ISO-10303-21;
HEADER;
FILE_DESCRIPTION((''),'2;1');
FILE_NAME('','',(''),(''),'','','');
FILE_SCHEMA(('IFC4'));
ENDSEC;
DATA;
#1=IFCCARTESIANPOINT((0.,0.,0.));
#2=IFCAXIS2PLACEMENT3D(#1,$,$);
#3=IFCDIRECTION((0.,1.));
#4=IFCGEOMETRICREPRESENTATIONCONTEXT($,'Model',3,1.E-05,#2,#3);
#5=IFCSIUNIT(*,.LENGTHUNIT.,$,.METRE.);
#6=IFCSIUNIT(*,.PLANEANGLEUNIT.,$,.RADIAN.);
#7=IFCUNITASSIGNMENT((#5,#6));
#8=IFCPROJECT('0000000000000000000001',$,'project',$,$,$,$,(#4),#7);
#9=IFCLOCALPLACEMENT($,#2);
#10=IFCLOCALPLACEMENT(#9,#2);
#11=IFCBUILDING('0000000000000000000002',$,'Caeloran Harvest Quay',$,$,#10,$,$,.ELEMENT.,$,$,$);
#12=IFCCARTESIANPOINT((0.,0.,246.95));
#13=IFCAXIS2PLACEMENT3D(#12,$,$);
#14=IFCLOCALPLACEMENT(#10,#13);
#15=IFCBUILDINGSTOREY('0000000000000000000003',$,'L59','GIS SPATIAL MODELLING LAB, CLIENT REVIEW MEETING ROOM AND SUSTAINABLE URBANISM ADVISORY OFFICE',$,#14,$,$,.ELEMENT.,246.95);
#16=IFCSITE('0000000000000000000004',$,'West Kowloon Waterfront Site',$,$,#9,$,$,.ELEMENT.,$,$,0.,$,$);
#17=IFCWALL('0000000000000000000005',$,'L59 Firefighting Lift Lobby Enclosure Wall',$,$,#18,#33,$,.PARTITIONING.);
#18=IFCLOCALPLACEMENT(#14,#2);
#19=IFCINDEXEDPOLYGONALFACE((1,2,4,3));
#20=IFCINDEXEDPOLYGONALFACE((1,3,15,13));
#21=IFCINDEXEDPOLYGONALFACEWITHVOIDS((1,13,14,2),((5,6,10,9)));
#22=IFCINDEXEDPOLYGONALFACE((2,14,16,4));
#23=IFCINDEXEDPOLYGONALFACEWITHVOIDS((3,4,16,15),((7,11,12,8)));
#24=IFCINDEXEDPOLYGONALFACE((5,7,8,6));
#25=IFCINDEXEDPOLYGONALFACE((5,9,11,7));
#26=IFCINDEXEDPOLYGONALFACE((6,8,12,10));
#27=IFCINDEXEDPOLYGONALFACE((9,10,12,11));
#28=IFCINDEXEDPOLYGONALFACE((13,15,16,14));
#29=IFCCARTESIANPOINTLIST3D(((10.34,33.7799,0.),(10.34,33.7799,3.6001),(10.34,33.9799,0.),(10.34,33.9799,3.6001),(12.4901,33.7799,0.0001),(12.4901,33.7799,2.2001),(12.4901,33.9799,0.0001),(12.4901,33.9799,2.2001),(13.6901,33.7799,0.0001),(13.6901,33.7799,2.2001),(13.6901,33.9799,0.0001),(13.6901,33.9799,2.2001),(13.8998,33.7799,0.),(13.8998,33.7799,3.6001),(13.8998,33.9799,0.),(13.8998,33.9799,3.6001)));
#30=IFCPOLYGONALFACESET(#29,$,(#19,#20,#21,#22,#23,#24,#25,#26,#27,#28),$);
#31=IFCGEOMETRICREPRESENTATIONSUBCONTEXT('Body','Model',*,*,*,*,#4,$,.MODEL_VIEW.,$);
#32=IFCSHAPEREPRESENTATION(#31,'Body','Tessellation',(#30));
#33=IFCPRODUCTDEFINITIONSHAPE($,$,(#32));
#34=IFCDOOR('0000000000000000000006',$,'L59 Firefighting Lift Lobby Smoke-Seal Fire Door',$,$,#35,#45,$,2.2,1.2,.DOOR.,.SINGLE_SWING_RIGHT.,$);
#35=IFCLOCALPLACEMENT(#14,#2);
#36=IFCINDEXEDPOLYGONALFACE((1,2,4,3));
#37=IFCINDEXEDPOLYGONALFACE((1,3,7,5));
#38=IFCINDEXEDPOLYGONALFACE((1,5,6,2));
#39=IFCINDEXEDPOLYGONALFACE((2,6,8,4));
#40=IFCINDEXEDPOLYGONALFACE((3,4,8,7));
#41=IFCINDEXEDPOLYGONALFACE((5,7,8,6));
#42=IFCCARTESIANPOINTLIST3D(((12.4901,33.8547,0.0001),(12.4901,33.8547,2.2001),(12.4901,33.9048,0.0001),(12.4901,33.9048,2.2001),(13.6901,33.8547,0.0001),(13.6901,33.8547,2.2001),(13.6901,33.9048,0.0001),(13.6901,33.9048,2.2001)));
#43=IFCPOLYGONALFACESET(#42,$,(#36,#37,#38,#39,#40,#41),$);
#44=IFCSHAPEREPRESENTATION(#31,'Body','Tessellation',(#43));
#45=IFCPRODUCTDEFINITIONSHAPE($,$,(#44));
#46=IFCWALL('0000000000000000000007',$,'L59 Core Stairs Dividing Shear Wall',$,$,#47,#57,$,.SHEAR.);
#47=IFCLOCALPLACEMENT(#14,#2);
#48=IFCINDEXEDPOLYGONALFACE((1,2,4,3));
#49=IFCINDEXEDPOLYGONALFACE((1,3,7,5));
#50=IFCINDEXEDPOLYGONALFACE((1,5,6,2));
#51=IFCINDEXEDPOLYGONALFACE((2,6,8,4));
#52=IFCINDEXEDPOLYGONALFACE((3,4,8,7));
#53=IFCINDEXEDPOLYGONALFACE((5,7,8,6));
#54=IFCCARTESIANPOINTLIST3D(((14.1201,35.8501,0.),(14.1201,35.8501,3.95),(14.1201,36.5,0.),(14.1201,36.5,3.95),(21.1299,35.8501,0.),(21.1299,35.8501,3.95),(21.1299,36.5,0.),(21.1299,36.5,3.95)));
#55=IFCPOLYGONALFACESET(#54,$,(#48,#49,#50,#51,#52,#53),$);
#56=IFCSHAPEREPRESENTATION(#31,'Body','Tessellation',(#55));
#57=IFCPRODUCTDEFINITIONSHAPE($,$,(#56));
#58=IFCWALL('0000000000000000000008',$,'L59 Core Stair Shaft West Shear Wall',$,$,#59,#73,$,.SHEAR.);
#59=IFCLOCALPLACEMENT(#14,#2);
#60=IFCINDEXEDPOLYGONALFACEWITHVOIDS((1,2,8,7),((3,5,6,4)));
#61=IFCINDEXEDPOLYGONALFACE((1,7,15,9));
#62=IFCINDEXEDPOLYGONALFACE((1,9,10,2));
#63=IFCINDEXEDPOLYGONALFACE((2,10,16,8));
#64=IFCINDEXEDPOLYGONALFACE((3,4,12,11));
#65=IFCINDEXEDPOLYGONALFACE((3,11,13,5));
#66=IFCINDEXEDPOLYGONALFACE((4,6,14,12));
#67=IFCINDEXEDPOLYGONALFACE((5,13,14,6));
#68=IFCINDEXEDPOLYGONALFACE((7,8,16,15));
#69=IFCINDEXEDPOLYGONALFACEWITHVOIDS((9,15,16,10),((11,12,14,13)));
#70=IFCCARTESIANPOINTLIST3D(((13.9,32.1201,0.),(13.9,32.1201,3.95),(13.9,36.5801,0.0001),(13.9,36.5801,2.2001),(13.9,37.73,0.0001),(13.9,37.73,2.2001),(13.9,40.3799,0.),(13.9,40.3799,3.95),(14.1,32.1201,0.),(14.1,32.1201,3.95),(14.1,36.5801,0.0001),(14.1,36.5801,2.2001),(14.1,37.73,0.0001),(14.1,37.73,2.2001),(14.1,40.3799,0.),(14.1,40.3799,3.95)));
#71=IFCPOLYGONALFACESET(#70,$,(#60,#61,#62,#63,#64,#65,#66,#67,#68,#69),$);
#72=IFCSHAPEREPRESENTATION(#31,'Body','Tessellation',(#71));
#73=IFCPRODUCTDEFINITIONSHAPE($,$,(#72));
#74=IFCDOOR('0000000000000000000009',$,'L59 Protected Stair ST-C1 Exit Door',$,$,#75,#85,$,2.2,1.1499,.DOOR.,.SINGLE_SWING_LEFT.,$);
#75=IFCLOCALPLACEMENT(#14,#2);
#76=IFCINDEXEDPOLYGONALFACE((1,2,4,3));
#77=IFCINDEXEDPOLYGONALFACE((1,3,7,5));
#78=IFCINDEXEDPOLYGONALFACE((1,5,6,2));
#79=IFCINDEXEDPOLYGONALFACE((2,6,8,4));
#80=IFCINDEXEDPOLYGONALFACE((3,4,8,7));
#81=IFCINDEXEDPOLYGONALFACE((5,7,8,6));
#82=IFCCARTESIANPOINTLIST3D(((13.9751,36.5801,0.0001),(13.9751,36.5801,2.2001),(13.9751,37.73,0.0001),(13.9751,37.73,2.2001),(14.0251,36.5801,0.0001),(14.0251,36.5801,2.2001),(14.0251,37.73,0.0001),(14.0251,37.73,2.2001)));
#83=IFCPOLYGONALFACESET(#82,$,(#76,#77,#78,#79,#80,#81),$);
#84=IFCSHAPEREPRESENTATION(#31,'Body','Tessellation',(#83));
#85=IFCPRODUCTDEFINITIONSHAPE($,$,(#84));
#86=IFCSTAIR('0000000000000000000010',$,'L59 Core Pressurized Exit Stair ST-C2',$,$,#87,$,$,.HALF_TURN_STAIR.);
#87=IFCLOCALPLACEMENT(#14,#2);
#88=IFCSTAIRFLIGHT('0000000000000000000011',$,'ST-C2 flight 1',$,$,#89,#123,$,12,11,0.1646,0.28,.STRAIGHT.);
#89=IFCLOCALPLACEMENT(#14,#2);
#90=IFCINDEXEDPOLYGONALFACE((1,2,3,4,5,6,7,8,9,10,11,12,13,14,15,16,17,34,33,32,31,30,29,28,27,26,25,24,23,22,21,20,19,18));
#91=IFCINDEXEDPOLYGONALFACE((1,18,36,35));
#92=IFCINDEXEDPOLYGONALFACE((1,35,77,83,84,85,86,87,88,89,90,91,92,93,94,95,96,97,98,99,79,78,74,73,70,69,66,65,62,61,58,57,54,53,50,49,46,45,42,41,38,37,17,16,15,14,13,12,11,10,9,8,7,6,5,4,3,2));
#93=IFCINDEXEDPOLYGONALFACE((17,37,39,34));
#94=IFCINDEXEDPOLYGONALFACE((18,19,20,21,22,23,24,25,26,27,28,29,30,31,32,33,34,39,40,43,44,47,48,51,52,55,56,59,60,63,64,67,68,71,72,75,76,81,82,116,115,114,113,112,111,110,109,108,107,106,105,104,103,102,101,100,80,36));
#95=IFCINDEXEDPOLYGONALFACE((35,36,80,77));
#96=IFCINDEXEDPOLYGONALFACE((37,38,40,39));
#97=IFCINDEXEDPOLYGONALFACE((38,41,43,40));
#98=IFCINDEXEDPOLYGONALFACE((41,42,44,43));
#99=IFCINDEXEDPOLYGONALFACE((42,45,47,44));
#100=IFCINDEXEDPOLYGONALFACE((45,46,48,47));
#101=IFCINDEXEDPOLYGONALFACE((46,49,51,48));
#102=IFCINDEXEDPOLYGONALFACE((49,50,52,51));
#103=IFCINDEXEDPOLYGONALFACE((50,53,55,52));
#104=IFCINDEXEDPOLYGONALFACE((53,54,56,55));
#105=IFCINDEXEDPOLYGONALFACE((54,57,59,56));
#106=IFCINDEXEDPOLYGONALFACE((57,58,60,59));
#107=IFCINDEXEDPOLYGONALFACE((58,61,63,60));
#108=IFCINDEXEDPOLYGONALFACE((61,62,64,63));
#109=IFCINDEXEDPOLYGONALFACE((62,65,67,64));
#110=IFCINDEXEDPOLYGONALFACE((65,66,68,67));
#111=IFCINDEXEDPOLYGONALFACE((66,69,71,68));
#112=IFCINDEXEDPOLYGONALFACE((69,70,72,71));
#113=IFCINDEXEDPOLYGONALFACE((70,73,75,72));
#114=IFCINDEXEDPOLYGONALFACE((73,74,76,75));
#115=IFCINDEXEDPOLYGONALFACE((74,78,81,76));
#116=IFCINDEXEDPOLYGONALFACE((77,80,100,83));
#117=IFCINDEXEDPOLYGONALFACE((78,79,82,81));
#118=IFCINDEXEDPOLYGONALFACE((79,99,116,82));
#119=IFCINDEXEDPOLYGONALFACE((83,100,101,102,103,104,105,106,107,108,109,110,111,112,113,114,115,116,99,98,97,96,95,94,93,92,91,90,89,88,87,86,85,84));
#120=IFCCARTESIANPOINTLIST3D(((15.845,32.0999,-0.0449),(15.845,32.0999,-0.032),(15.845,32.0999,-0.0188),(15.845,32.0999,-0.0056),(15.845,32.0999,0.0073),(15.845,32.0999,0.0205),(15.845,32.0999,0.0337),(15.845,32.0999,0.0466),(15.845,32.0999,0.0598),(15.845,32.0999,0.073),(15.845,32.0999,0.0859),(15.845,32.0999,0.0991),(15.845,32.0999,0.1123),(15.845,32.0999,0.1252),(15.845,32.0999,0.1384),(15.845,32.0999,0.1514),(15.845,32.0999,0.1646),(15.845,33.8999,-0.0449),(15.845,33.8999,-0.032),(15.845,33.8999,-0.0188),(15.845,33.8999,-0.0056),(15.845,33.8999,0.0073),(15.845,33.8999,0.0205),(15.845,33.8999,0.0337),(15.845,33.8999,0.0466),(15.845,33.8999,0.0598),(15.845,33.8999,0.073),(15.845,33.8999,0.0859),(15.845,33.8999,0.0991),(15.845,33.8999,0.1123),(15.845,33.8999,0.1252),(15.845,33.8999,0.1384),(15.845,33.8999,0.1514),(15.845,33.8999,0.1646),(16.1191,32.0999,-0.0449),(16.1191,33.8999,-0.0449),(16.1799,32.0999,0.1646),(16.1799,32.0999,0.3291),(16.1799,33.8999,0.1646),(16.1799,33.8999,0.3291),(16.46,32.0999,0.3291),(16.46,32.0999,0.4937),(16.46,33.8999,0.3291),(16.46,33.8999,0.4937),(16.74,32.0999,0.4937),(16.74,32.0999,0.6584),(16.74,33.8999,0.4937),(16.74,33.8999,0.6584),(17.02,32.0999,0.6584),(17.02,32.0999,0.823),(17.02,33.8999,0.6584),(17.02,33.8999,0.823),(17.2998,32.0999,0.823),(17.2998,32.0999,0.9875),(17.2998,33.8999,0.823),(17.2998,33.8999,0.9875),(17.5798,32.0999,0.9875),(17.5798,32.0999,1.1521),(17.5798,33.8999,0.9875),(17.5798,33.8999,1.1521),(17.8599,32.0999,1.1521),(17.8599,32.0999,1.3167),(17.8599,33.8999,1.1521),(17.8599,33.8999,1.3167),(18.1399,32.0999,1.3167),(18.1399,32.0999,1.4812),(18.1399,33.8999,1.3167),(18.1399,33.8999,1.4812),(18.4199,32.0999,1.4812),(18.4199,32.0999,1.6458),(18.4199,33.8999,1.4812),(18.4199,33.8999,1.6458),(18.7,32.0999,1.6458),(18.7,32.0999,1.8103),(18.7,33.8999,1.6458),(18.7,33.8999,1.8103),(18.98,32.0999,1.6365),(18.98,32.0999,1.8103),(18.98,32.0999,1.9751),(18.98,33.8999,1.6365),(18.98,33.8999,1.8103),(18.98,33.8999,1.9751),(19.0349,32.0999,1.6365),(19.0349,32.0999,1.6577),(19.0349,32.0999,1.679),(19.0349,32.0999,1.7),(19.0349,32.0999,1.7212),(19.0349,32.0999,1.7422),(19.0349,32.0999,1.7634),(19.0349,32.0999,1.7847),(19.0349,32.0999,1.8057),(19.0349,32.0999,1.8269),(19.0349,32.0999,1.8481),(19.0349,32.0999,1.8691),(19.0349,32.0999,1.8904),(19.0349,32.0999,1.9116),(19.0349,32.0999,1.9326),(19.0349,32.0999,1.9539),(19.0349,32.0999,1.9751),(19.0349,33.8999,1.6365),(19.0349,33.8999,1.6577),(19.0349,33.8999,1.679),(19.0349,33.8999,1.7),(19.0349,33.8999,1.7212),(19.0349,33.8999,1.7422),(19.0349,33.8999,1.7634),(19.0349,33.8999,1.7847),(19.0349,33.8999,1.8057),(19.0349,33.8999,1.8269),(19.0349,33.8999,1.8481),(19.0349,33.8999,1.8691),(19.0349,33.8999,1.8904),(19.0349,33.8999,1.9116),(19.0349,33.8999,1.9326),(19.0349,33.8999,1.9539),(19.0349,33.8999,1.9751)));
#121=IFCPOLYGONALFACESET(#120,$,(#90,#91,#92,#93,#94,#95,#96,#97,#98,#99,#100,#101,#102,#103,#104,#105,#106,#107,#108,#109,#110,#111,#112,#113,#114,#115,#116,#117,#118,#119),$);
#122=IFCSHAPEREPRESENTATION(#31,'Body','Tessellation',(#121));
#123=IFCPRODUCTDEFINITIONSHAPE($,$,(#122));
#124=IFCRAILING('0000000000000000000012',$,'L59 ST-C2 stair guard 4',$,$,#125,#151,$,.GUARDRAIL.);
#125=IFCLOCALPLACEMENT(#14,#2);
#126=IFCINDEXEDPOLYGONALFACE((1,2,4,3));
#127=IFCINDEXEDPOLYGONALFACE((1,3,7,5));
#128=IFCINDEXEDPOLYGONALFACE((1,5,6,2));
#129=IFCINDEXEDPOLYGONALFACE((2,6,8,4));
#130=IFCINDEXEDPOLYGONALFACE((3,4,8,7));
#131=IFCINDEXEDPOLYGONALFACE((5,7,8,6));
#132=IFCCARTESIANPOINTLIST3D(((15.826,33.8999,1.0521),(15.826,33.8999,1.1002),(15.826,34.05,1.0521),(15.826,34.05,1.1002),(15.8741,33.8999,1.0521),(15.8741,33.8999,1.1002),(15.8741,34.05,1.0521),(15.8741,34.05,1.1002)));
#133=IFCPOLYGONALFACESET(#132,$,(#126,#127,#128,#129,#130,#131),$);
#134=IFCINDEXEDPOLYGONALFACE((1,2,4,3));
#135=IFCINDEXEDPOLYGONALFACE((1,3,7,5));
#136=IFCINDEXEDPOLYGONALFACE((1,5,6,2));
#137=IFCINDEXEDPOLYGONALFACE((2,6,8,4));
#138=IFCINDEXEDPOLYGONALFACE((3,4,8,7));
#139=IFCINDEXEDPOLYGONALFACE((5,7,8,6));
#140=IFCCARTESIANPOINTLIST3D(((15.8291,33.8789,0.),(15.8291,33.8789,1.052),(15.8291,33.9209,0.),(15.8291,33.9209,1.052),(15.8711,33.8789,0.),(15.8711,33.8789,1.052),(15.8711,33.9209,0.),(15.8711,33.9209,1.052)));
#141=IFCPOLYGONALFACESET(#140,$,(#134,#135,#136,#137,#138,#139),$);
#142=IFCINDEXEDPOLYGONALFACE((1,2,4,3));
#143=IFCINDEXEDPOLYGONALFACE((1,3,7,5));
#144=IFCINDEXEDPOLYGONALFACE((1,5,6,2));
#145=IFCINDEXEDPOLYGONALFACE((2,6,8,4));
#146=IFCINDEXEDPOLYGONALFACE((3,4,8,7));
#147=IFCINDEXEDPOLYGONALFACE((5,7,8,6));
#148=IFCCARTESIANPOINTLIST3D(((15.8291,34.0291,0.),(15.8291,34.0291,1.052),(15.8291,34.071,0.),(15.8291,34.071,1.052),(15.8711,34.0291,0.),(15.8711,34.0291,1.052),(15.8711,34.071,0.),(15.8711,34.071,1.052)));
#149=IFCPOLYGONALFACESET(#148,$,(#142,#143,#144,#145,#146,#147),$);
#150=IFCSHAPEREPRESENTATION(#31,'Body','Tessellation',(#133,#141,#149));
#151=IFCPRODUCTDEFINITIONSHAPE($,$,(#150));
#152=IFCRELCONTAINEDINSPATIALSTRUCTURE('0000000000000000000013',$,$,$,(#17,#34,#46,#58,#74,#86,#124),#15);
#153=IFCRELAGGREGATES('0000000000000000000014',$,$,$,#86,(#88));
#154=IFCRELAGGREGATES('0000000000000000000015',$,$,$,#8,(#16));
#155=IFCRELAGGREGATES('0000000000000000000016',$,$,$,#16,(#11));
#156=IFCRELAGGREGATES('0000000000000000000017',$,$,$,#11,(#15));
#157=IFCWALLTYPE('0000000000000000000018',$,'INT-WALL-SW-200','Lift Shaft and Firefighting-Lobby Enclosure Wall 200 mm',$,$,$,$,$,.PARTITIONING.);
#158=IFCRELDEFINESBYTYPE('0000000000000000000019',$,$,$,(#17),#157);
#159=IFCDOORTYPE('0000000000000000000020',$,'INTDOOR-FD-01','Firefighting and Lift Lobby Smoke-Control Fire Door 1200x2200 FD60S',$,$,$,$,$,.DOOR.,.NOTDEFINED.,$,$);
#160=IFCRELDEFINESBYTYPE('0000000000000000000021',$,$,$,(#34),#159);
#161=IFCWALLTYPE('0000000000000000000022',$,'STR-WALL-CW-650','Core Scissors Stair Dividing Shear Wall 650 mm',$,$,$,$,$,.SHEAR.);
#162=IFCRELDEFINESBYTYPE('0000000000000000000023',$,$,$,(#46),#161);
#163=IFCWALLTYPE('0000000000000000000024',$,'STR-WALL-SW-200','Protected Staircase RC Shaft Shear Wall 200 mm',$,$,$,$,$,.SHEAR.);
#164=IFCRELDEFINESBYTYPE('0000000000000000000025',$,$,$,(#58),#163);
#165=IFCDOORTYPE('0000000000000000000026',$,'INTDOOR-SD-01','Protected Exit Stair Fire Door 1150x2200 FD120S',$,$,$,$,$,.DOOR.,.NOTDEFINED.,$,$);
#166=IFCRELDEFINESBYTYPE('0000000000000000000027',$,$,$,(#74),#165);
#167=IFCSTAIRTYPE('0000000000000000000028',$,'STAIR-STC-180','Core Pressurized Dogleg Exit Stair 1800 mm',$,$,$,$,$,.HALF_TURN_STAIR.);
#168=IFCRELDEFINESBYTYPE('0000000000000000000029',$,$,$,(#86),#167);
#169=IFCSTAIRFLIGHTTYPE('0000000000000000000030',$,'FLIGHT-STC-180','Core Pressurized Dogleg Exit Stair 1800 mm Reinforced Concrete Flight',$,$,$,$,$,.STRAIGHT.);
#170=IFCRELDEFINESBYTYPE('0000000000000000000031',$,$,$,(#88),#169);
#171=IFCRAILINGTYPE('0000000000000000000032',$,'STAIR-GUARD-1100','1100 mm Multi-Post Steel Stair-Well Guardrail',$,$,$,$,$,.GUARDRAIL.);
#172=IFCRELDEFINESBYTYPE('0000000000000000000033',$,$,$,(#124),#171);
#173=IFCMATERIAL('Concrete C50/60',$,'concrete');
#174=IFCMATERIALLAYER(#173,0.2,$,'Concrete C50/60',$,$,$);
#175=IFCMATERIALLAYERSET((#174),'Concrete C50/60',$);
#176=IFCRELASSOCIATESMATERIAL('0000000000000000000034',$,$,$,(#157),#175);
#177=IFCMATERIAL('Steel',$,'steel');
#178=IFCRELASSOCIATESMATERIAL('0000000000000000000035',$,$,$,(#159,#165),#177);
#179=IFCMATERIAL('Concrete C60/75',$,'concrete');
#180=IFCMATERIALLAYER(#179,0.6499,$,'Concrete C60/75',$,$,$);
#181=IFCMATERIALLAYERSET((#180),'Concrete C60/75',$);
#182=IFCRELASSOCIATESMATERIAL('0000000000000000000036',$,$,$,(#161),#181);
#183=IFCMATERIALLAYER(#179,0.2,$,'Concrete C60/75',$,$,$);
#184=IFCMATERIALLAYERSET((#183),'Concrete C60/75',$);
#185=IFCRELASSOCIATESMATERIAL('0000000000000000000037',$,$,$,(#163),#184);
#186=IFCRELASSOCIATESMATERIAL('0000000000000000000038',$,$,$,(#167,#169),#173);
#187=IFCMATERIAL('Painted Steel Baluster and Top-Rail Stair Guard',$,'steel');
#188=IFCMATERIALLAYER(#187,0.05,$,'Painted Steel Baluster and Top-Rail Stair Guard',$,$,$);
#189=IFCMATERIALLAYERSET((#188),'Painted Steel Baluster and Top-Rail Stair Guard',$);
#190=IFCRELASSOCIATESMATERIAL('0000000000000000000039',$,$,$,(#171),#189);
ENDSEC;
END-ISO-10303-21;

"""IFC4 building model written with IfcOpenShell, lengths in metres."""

from ifc_helpers import new_model, si_unit, direction, frame, frame_2d, origin, origin_2d, place, context, subcontext, project, spatial, polyline, rectangle, outline, extrude, material, layer, layer_set, type_object, element, fill, aggregate, save


model = new_model("IFC4")

# Units and contexts
model_context = context("Model", 3, precision=1e-05, world=origin(), true_north=direction((0.0, 1.0)))
body_context = subcontext(model_context, "Body", "Model", "MODEL_VIEW")
ifc_project = project(units=[si_unit("LENGTHUNIT", "METRE"), si_unit("PLANEANGLEUNIT", "RADIAN")], contexts=[model_context])

# Site, building, storey
site_placement = place(None, origin())
site = spatial("IfcSite", under=ifc_project, at=site_placement, Name="West Kowloon Waterfront Site", CompositionType="ELEMENT", RefElevation=0.0)
building_placement = place(site_placement, origin())
building = spatial("IfcBuilding", under=site, at=building_placement, Name="Caeloran Harvest Quay", CompositionType="ELEMENT")
storey_placement = place(building_placement, frame((0.0, 0.0, 246.95)))
storey = spatial("IfcBuildingStorey", under=building, at=storey_placement, Name="L59", Description="GIS SPATIAL MODELLING LAB, CLIENT REVIEW MEETING ROOM AND SUSTAINABLE URBANISM ADVISORY OFFICE", CompositionType="ELEMENT", Elevation=246.95)

# Shared definitions
ifc_material_1 = material(Name="Concrete C50/60", Category="concrete")
ifc_layer_1 = layer(ifc_material_1, 0.2, Name="Concrete C50/60")
ifc_layer_set_1 = layer_set([ifc_layer_1], Name="Concrete C50/60")
wall_type_1 = type_object("IfcWallType", Name="INT-WALL-SW-200", Description="Lift Shaft and Firefighting-Lobby Enclosure Wall 200 mm", PredefinedType="PARTITIONING", material=ifc_layer_set_1)

# Wall, opening, door
wall_1_placement = place(storey_placement, frame((10.3401, 33.8799, 0.0), z_axis=(0.0, 0.0, 1.0), x_axis=(1.0, 0.0, 0.0)))
wall_1 = element("IfcWall", 1, at=wall_1_placement, inside=storey, type_object=wall_type_1, Name="L59 Firefighting Lift Lobby Enclosure Wall", PredefinedType="PARTITIONING", context=body_context, shape_type="SweptSolid", body=[
    extrude(rectangle(XDim=3.5598, YDim=0.2, at=frame_2d((1.7798, 0.0))), origin(), (0.0, 0.0, 1.0), 3.6001),
])
opening_1_placement = place(wall_1_placement, frame((2.1499, 0.0, 0.0)))
opening_1 = element("IfcOpeningElement", 2, at=opening_1_placement, cuts=wall_1, PredefinedType="OPENING", context=body_context, shape_type="SweptSolid", body=[
    extrude(rectangle(XDim=1.2, YDim=2.2, at=frame_2d((0.6001, 1.1001))), frame((0.0, 0.1099, 0.0), z_axis=(0.0, -1.0, 0.0), x_axis=(1.0, 0.0, 0.0)), (0.0, 0.0, 1.0), 0.22),
])
ifc_material_2 = material(Name="Steel", Category="steel")
door_type_1 = type_object("IfcDoorType", Name="INTDOOR-FD-01", Description="Firefighting and Lift Lobby Smoke-Control Fire Door 1200x2200 FD60S", OperationType="NOTDEFINED", PredefinedType="DOOR", material=ifc_material_2)
door_1_placement = place(opening_1_placement, origin())
door_1 = element("IfcDoor", 3, at=door_1_placement, inside=storey, type_object=door_type_1, Name="L59 Firefighting Lift Lobby Smoke-Seal Fire Door", OperationType="SINGLE_SWING_RIGHT", OverallHeight=2.2, OverallWidth=1.2, PredefinedType="DOOR", context=body_context, shape_type="SweptSolid", body=[
    extrude(rectangle(XDim=1.2, YDim=2.2, at=frame_2d((0.6001, 1.1001))), frame((0.0, 0.0249, 0.0), z_axis=(0.0, -1.0, 0.0), x_axis=(1.0, 0.0, 0.0)), (0.0, 0.0, 1.0), 0.05),
])
fill(opening_1, door_1)

# Wall
ifc_material_3 = material(Name="Concrete C60/75", Category="concrete")
ifc_layer_2 = layer(ifc_material_3, 0.6499, Name="Concrete C60/75")
ifc_layer_set_2 = layer_set([ifc_layer_2], Name="Concrete C60/75")
wall_type_2 = type_object("IfcWallType", Name="STR-WALL-CW-650", Description="Core Scissors Stair Dividing Shear Wall 650 mm", PredefinedType="SHEAR", material=ifc_layer_set_2)
wall_2_placement = place(storey_placement, frame((14.1201, 36.175, 0.0), z_axis=(0.0, 0.0, 1.0), x_axis=(1.0, 0.0, 0.0)))
element("IfcWall", 4, at=wall_2_placement, inside=storey, type_object=wall_type_2, Name="L59 Core Stairs Dividing Shear Wall", PredefinedType="SHEAR", context=body_context, shape_type="SweptSolid", body=[
    extrude(rectangle(XDim=7.0098, YDim=0.6499, at=frame_2d((3.5049, 0.0))), origin(), (0.0, 0.0, 1.0), 3.95),
])

# Wall, opening, door
ifc_layer_3 = layer(ifc_material_3, 0.2, Name="Concrete C60/75")
ifc_layer_set_3 = layer_set([ifc_layer_3], Name="Concrete C60/75")
wall_type_3 = type_object("IfcWallType", Name="STR-WALL-SW-200", Description="Protected Staircase RC Shaft Shear Wall 200 mm", PredefinedType="SHEAR", material=ifc_layer_set_3)
wall_3_placement = place(storey_placement, frame((14.0, 32.1201, 0.0), z_axis=(0.0, 0.0, 1.0), x_axis=(0.0, 1.0, 0.0)))
wall_3 = element("IfcWall", 5, at=wall_3_placement, inside=storey, type_object=wall_type_3, Name="L59 Core Stair Shaft West Shear Wall", PredefinedType="SHEAR", context=body_context, shape_type="SweptSolid", body=[
    extrude(rectangle(XDim=8.2598, YDim=0.2, at=frame_2d((4.1299, 0.0))), origin(), (0.0, 0.0, 1.0), 3.95),
])
opening_2_placement = place(wall_3_placement, frame((4.46, 0.0, 0.0)))
opening_2 = element("IfcOpeningElement", 6, at=opening_2_placement, cuts=wall_3, PredefinedType="OPENING", context=body_context, shape_type="SweptSolid", body=[
    extrude(rectangle(XDim=1.1499, YDim=2.2, at=frame_2d((0.575, 1.1001))), frame((0.0, 0.1099, 0.0), z_axis=(0.0, -1.0, 0.0), x_axis=(1.0, 0.0, 0.0)), (0.0, 0.0, 1.0), 0.22),
])
door_type_2 = type_object("IfcDoorType", Name="INTDOOR-SD-01", Description="Protected Exit Stair Fire Door 1150x2200 FD120S", OperationType="NOTDEFINED", PredefinedType="DOOR", material=ifc_material_2)
door_2_placement = place(opening_2_placement, origin())
door_2 = element("IfcDoor", 7, at=door_2_placement, inside=storey, type_object=door_type_2, Name="L59 Protected Stair ST-C1 Exit Door", OperationType="SINGLE_SWING_LEFT", OverallHeight=2.2, OverallWidth=1.1499, PredefinedType="DOOR", context=body_context, shape_type="SweptSolid", body=[
    extrude(rectangle(XDim=1.1499, YDim=2.2, at=frame_2d((0.575, 1.1001))), frame((0.0, 0.0249, 0.0), z_axis=(0.0, -1.0, 0.0), x_axis=(1.0, 0.0, 0.0)), (0.0, 0.0, 1.0), 0.05),
])
fill(opening_2, door_2)

# Stair, stair flight
stair_type = type_object("IfcStairType", Name="STAIR-STC-180", Description="Core Pressurized Dogleg Exit Stair 1800 mm", PredefinedType="HALF_TURN_STAIR", material=ifc_material_1)
stair_placement = place(storey_placement, origin())
stair = element("IfcStair", 8, at=stair_placement, inside=storey, type_object=stair_type, Name="L59 Core Pressurized Exit Stair ST-C2", PredefinedType="HALF_TURN_STAIR")
stair_flight_type = type_object("IfcStairFlightType", Name="FLIGHT-STC-180", Description="Core Pressurized Dogleg Exit Stair 1800 mm Reinforced Concrete Flight", PredefinedType="STRAIGHT", material=ifc_material_1)
stair_flight_placement = place(storey_placement, frame((15.8999, 33.0, 0.0), z_axis=(0.0, 0.0, 1.0), x_axis=(1.0, 0.0, 0.0)))
stair_flight = element("IfcStairFlight", 9, at=stair_flight_placement, type_object=stair_flight_type, Name="ST-C2 flight 1", NumberOfRisers=12, NumberOfTreads=11, PredefinedType="STRAIGHT", RiserHeight=0.1646, TreadLength=0.28, context=body_context, shape_type="SweptSolid", body=[
    extrude(outline(polyline([(-0.0549, -0.0449), (-0.0549, -0.032), (-0.0549, -0.0188), (-0.0549, -0.0056), (-0.0549, 0.0073), (-0.0549, 0.0205), (-0.0549, 0.0337), (-0.0549, 0.0466), (-0.0549, 0.0598), (-0.0549, 0.073), (-0.0549, 0.0859), (-0.0549, 0.0991), (-0.0549, 0.1123), (-0.0549, 0.1252), (-0.0549, 0.1384), (-0.0549, 0.1514), (-0.0549, 0.1646), (0.28, 0.1646), (0.28, 0.3291), (0.5601, 0.3291), (0.5601, 0.4937), (0.8401, 0.4937), (0.8401, 0.6584), (1.1201, 0.6584), (1.1201, 0.823), (1.3999, 0.823), (1.3999, 0.9875), (1.6799, 0.9875), (1.6799, 1.1521), (1.96, 1.1521), (1.96, 1.3167), (2.24, 1.3167), (2.24, 1.4812), (2.52, 1.4812), (2.52, 1.6458), (2.8, 1.6458), (2.8, 1.8103), (3.0801, 1.8103), (3.0801, 1.9751), (3.135, 1.9751), (3.135, 1.9539), (3.135, 1.9326), (3.135, 1.9116), (3.135, 1.8904), (3.135, 1.8691), (3.135, 1.8481), (3.135, 1.8269), (3.135, 1.8057), (3.135, 1.7847), (3.135, 1.7634), (3.135, 1.7422), (3.135, 1.7212), (3.135, 1.7), (3.135, 1.679), (3.135, 1.6577), (3.135, 1.6365), (3.0801, 1.6365), (0.2192, -0.0449), (-0.0549, -0.0449)])), frame((0.0, 0.8999, 0.0), z_axis=(0.0, -1.0, 0.0), x_axis=(1.0, 0.0, 0.0)), (0.0, 0.0, 1.0), 1.8),
])
aggregate(stair, [stair_flight])

# Railing
ifc_material_4 = material(Name="Painted Steel Baluster and Top-Rail Stair Guard", Category="steel")
ifc_layer_4 = layer(ifc_material_4, 0.05, Name="Painted Steel Baluster and Top-Rail Stair Guard")
ifc_layer_set_4 = layer_set([ifc_layer_4], Name="Painted Steel Baluster and Top-Rail Stair Guard")
railing_type_1 = type_object("IfcRailingType", Name="STAIR-GUARD-1100", Description="1100 mm Multi-Post Steel Stair-Well Guardrail", PredefinedType="GUARDRAIL", material=ifc_layer_set_4)
railing_1_placement = place(storey_placement, frame((15.8501, 33.8999, 0.0)))
element("IfcRailing", 10, at=railing_1_placement, inside=storey, type_object=railing_type_1, Name="L59 ST-C2 stair guard 4", PredefinedType="GUARDRAIL", context=body_context, shape_type="SweptSolid", body=[
    extrude(rectangle(XDim=0.0481, YDim=0.0481, at=origin_2d()), frame((0.0, 0.0, 1.0762), z_axis=(0.0, 1.0, 0.0), x_axis=(-1.0, 0.0, 0.0)), (0.0, 0.0, 1.0), 0.1501),
    extrude(rectangle(XDim=0.042, YDim=0.042, at=origin_2d()), origin(), (0.0, 0.0, 1.0), 1.052),
    extrude(rectangle(XDim=0.042, YDim=0.042, at=origin_2d()), frame((0.0, 0.1501, 0.0)), (0.0, 0.0, 1.0), 1.052),
])

save(model, "model.ifc")
